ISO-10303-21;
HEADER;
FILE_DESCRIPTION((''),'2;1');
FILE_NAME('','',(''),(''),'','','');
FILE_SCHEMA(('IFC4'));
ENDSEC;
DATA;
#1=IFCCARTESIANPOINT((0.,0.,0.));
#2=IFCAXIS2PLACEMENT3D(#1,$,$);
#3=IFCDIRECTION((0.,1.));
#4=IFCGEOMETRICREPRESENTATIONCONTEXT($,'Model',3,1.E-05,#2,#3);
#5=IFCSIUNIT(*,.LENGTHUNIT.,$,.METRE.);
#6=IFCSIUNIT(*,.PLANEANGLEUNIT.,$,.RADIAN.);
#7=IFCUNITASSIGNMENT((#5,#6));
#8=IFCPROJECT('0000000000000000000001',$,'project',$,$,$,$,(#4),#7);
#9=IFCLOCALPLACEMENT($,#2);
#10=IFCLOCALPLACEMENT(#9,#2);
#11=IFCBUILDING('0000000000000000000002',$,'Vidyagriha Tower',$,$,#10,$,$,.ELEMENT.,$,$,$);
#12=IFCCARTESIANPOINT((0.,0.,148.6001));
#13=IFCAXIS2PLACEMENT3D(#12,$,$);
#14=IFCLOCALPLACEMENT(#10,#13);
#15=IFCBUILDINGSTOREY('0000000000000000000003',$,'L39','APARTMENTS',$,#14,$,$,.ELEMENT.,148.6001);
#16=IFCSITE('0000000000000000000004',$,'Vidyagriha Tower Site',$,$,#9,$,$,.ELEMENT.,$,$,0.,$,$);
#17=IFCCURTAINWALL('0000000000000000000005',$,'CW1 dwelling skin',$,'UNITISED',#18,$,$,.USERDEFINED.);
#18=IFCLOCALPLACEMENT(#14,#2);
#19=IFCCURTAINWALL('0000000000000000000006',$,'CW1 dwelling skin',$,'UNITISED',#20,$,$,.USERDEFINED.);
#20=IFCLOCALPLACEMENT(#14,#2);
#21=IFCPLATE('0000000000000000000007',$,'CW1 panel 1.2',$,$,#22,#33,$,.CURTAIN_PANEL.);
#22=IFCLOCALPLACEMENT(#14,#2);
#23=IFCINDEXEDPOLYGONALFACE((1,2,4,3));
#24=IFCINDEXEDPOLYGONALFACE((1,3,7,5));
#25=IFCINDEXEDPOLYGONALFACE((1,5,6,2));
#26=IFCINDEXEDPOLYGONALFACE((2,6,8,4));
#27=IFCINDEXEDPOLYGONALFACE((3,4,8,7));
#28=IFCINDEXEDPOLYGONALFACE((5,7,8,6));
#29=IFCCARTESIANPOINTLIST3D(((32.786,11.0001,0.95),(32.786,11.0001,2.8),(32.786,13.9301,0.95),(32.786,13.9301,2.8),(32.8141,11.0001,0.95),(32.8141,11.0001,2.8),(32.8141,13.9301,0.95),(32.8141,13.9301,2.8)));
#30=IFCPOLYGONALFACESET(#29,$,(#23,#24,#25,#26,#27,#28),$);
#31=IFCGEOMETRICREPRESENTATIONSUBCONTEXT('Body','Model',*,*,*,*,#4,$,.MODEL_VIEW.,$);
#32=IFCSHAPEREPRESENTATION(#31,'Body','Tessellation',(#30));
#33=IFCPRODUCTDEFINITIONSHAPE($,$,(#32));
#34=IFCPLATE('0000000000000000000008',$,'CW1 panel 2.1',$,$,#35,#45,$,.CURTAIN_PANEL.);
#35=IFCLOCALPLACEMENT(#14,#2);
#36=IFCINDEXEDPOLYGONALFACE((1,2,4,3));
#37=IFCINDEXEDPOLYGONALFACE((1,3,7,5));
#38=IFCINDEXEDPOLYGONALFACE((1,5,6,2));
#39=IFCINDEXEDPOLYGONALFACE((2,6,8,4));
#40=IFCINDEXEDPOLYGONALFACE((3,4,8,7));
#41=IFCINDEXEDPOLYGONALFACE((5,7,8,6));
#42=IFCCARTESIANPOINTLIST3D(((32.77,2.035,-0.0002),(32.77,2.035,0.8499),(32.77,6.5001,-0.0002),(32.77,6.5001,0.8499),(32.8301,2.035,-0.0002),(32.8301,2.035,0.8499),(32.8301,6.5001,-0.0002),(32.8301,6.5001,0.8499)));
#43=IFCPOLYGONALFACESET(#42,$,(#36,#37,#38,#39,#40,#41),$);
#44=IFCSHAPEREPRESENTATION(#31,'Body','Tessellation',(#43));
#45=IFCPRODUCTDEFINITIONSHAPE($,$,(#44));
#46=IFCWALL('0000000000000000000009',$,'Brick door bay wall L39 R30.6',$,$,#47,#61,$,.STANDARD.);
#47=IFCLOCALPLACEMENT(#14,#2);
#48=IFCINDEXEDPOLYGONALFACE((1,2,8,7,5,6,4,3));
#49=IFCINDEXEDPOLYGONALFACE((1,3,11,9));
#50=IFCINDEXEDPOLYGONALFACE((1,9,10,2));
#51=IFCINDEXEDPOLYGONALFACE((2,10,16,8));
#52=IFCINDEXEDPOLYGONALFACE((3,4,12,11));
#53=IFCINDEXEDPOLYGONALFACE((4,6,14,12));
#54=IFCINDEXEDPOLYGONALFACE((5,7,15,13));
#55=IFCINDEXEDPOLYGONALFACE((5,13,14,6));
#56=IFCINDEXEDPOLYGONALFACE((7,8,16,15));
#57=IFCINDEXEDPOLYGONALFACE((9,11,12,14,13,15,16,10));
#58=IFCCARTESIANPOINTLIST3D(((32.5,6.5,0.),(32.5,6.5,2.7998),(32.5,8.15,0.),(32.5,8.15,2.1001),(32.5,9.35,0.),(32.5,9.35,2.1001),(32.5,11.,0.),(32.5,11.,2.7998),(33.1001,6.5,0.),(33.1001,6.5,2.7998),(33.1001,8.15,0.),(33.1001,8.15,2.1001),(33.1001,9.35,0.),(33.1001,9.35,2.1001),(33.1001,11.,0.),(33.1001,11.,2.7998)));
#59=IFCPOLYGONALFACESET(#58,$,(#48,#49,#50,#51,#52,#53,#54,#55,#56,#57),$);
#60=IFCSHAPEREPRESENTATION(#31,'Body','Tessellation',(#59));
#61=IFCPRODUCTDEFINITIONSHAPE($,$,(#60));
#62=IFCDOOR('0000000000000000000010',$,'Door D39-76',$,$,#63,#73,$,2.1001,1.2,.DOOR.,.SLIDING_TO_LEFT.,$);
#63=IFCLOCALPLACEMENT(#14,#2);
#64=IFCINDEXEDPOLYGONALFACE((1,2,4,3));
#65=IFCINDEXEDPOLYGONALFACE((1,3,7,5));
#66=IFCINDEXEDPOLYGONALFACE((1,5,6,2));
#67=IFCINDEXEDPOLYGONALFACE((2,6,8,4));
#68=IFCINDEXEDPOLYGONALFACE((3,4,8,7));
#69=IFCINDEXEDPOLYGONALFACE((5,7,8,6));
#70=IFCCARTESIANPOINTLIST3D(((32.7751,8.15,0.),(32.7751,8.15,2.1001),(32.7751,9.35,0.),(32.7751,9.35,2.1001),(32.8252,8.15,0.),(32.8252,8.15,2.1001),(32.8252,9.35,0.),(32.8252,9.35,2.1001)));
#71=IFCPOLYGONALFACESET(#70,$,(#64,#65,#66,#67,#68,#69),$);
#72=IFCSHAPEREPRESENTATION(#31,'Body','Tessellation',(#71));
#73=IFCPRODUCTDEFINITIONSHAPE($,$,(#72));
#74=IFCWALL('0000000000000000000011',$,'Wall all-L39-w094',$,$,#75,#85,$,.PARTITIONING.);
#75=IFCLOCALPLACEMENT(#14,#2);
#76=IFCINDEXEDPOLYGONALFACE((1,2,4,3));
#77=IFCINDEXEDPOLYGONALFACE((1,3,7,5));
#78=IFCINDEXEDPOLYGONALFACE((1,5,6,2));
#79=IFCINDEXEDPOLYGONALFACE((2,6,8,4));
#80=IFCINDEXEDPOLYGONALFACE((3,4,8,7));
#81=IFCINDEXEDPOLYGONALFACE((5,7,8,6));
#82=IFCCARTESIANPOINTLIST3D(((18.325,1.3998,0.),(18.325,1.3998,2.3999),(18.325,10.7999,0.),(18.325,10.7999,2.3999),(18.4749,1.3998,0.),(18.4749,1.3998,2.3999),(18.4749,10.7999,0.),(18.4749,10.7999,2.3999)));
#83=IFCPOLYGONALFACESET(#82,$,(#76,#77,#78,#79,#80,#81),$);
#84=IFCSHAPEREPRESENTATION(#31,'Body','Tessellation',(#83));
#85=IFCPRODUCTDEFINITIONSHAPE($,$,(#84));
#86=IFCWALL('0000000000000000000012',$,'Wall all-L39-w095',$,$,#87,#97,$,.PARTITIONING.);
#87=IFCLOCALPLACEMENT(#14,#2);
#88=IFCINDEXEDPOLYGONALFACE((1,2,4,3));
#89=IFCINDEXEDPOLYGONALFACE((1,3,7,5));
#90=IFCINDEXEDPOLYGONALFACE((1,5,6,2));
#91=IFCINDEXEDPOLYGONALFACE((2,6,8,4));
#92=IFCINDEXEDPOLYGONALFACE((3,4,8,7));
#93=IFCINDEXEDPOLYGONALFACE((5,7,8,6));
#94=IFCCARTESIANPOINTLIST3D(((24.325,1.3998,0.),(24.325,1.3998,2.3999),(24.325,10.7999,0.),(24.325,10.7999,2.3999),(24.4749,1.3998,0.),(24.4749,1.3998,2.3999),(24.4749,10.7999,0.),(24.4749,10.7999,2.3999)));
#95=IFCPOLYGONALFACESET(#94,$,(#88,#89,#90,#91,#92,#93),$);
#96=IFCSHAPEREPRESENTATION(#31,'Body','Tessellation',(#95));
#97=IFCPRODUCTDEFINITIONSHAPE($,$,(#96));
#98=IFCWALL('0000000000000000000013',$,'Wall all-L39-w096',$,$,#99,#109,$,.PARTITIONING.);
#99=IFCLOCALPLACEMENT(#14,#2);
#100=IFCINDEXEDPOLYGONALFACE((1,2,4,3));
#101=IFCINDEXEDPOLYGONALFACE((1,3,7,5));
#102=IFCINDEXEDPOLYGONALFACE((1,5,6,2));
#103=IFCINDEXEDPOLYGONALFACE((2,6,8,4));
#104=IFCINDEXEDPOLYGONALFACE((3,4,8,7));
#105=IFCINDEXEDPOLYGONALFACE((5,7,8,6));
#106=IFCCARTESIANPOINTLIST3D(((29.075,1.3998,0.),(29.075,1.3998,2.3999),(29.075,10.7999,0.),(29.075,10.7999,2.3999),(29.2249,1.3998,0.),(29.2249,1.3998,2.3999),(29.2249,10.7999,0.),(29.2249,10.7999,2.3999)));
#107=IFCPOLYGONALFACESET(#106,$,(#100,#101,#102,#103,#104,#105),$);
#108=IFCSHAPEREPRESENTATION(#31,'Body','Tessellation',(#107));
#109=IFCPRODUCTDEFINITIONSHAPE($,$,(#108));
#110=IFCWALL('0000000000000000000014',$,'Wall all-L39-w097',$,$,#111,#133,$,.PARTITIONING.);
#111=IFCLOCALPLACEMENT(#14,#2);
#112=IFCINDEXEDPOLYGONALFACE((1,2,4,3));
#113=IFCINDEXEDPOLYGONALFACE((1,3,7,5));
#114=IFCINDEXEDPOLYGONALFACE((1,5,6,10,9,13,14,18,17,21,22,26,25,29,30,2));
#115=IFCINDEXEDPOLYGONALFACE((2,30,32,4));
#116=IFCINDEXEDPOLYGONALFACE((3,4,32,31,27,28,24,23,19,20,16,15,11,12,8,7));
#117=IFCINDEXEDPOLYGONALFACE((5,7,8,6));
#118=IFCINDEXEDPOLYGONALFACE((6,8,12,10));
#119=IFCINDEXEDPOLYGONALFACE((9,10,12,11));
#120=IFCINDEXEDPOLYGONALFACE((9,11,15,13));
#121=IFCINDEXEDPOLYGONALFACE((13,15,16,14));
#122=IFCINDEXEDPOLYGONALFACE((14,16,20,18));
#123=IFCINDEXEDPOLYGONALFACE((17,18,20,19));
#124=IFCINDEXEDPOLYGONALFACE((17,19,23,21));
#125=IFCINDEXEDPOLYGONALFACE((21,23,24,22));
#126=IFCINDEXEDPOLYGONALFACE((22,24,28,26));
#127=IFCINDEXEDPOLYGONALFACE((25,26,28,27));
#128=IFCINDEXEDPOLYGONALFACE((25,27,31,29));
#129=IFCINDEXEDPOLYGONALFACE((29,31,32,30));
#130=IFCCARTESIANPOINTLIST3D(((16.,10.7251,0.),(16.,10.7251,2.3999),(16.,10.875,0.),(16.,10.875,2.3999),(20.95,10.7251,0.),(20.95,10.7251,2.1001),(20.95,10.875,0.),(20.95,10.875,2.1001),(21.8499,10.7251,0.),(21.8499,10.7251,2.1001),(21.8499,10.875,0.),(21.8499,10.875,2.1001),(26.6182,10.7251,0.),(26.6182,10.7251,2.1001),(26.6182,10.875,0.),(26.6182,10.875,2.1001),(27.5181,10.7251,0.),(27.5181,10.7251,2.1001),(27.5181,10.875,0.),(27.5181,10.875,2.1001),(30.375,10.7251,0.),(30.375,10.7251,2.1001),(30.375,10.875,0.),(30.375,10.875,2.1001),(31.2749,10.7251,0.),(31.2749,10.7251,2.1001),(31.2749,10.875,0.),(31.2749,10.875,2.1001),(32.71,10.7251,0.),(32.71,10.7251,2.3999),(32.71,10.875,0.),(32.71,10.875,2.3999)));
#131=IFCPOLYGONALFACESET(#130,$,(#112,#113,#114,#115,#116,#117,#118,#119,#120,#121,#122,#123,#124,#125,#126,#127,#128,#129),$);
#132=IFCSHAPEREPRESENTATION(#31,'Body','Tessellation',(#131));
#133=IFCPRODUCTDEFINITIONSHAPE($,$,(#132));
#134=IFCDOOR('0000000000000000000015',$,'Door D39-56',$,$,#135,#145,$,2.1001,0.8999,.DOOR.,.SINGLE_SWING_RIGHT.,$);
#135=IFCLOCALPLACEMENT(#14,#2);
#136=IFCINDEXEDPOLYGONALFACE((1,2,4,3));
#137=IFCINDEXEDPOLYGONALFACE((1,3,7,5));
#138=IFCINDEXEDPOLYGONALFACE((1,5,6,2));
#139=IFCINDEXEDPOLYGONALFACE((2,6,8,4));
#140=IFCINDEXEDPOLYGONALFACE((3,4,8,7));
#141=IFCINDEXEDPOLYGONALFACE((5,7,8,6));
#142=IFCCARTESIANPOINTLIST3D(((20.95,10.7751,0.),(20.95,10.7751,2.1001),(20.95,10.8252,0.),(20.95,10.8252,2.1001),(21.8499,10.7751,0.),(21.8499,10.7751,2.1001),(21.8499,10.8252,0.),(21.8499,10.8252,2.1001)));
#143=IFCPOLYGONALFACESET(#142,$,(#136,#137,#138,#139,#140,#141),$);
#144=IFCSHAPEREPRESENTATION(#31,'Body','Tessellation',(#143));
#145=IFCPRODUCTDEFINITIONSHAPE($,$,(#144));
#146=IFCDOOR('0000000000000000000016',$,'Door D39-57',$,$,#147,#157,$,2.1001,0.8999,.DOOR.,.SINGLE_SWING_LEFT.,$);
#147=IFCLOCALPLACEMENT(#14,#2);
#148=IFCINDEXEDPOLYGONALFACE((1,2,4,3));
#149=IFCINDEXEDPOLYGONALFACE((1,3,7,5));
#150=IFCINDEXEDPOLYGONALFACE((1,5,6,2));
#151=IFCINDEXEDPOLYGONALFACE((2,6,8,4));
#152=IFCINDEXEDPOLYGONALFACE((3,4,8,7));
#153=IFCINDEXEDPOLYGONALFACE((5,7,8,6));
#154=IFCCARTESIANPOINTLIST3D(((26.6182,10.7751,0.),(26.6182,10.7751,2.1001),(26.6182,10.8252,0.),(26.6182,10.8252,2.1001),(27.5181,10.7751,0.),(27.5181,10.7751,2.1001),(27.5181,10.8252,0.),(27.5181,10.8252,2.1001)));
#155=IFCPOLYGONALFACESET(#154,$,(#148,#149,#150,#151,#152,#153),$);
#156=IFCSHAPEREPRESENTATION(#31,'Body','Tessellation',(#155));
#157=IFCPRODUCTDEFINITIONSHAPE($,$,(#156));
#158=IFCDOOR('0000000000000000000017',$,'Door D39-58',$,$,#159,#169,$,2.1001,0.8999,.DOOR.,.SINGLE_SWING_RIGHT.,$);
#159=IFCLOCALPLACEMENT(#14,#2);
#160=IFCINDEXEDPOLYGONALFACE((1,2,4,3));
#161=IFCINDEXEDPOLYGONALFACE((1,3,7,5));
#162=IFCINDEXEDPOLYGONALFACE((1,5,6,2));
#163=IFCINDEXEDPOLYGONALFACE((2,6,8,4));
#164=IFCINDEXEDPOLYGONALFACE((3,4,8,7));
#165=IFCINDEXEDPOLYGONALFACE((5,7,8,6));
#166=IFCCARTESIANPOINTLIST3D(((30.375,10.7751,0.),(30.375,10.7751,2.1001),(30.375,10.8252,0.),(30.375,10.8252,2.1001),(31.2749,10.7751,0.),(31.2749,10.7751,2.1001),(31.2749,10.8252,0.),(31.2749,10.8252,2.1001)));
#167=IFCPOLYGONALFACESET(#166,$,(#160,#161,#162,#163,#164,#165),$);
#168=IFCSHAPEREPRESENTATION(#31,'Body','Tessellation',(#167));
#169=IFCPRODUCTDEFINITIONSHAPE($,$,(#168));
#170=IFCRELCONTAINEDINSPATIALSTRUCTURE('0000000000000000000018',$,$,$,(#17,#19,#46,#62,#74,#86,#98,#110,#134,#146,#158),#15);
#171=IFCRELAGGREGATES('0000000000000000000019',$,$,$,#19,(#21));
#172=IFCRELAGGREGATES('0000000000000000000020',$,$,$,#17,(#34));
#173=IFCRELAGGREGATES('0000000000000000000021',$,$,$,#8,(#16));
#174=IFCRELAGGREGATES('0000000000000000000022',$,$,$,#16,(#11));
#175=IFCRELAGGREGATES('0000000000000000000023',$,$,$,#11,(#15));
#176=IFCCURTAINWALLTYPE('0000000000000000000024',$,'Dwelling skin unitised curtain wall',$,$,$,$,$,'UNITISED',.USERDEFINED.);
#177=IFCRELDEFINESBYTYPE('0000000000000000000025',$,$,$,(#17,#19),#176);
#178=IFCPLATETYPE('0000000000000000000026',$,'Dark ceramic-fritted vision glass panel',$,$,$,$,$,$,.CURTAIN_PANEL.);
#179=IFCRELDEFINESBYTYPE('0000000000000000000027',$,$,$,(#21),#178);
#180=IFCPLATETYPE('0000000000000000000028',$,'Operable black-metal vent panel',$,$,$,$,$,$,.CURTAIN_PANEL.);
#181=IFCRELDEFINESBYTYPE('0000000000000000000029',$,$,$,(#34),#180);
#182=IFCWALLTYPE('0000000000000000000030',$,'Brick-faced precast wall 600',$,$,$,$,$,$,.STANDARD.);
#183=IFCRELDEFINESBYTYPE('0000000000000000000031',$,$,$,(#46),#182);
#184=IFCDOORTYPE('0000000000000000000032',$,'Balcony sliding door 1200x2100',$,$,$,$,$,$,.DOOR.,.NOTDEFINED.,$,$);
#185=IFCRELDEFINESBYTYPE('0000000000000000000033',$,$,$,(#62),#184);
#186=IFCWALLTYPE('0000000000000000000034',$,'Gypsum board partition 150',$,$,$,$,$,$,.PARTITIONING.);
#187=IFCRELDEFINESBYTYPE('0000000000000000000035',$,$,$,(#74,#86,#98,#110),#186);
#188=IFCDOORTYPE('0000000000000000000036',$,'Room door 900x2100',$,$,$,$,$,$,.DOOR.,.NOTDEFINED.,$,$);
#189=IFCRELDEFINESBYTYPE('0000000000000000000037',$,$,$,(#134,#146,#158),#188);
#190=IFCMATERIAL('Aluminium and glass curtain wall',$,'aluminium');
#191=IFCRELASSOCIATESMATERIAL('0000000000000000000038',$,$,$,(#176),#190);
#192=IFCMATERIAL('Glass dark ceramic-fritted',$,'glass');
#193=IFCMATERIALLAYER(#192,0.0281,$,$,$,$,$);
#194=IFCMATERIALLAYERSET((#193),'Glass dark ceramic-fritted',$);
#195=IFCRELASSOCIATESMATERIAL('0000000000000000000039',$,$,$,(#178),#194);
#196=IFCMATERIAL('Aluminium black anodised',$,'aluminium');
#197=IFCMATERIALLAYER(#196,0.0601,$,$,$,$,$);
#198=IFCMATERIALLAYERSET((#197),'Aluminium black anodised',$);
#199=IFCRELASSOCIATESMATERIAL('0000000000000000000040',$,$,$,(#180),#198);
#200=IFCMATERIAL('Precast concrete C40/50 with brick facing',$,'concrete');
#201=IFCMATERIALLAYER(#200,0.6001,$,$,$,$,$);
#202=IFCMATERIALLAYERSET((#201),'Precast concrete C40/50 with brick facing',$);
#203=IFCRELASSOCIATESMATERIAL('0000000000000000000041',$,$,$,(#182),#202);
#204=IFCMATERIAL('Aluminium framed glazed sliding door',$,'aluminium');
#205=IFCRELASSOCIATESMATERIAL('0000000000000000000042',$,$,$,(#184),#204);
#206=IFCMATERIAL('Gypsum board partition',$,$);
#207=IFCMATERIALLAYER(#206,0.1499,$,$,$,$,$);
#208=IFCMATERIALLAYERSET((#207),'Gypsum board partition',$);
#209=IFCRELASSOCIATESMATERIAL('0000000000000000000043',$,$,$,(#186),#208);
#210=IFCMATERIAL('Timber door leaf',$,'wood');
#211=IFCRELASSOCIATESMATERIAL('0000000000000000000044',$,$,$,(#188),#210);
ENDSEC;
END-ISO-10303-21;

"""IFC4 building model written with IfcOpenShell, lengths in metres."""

from ifc_helpers import new_model, si_unit, direction, frame, frame_2d, origin, origin_2d, place, context, subcontext, project, spatial, rectangle, extrude, material, layer, layer_set, type_object, element, fill, aggregate, save


model = new_model("IFC4")

# Units and contexts
model_context = context("Model", 3, precision=1e-05, world=origin(), true_north=direction((0.0, 1.0)))
body_context = subcontext(model_context, "Body", "Model", "MODEL_VIEW")
ifc_project = project(units=[si_unit("LENGTHUNIT", "METRE"), si_unit("PLANEANGLEUNIT", "RADIAN")], contexts=[model_context])

# Site, building, storey
site_placement = place(None, origin())
site = spatial("IfcSite", under=ifc_project, at=site_placement, Name="Vidyagriha Tower Site", CompositionType="ELEMENT", RefElevation=0.0)
building_placement = place(site_placement, origin())
building = spatial("IfcBuilding", under=site, at=building_placement, Name="Vidyagriha Tower", CompositionType="ELEMENT")
storey_placement = place(building_placement, frame((0.0, 0.0, 148.6001)))
storey = spatial("IfcBuildingStorey", under=building, at=storey_placement, Name="L39", Description="APARTMENTS", CompositionType="ELEMENT", Elevation=148.6001)

# Curtain walls
ifc_material_1 = material(Name="Aluminium and glass curtain wall", Category="aluminium")
curtain_wall_type = type_object("IfcCurtainWallType", Name="Dwelling skin unitised curtain wall", ElementType="UNITISED", PredefinedType="USERDEFINED", material=ifc_material_1)
curtain_wall_1_placement = place(storey_placement, origin())
curtain_wall_1 = element("IfcCurtainWall", 1, at=curtain_wall_1_placement, inside=storey, type_object=curtain_wall_type, Name="CW1 dwelling skin", ObjectType="UNITISED", PredefinedType="USERDEFINED")
curtain_wall_2_placement = place(storey_placement, origin())
curtain_wall_2 = element("IfcCurtainWall", 2, at=curtain_wall_2_placement, inside=storey, type_object=curtain_wall_type, Name="CW1 dwelling skin", ObjectType="UNITISED", PredefinedType="USERDEFINED")

# Plates
ifc_material_2 = material(Name="Glass dark ceramic-fritted", Category="glass")
ifc_layer_1 = layer(ifc_material_2, 0.0281)
ifc_layer_set_1 = layer_set([ifc_layer_1], Name="Glass dark ceramic-fritted")
plate_type_1 = type_object("IfcPlateType", Name="Dark ceramic-fritted vision glass panel", PredefinedType="CURTAIN_PANEL", material=ifc_layer_set_1)
plate_1_placement = place(storey_placement, frame((32.8, 12.4651, 0.95), z_axis=(0.0, 0.0, 1.0), x_axis=(0.0, 1.0, 0.0)))
plate_1 = element("IfcPlate", 3, at=plate_1_placement, type_object=plate_type_1, Name="CW1 panel 1.2", PredefinedType="CURTAIN_PANEL", context=body_context, shape_type="SweptSolid", body=[
    extrude(rectangle(XDim=2.9299, YDim=0.0281, at=origin_2d()), origin(), (0.0, 0.0, 1.0), 1.8501),
])
aggregate(curtain_wall_2, [plate_1])
ifc_material_3 = material(Name="Aluminium black anodised", Category="aluminium")
ifc_layer_2 = layer(ifc_material_3, 0.0601)
ifc_layer_set_2 = layer_set([ifc_layer_2], Name="Aluminium black anodised")
plate_type_2 = type_object("IfcPlateType", Name="Operable black-metal vent panel", PredefinedType="CURTAIN_PANEL", material=ifc_layer_set_2)
plate_2_placement = place(storey_placement, frame((32.8, 4.2676, -0.0002), z_axis=(0.0, 0.0, 1.0), x_axis=(0.0, 1.0, 0.0)))
plate_2 = element("IfcPlate", 4, at=plate_2_placement, type_object=plate_type_2, Name="CW1 panel 2.1", PredefinedType="CURTAIN_PANEL", context=body_context, shape_type="SweptSolid", body=[
    extrude(rectangle(XDim=4.4651, YDim=0.0601, at=origin_2d()), origin(), (0.0, 0.0, 1.0), 0.8501),
])
aggregate(curtain_wall_1, [plate_2])

# Wall, opening, door
ifc_material_4 = material(Name="Precast concrete C40/50 with brick facing", Category="concrete")
ifc_layer_3 = layer(ifc_material_4, 0.6001)
ifc_layer_set_3 = layer_set([ifc_layer_3], Name="Precast concrete C40/50 with brick facing")
wall_type_1 = type_object("IfcWallType", Name="Brick-faced precast wall 600", PredefinedType="STANDARD", material=ifc_layer_set_3)
wall_1_placement = place(storey_placement, frame((32.8, 6.5, 0.0), z_axis=(0.0, 0.0, 1.0), x_axis=(0.0, 1.0, 0.0)))
wall_1 = element("IfcWall", 5, at=wall_1_placement, inside=storey, type_object=wall_type_1, Name="Brick door bay wall L39 R30.6", PredefinedType="STANDARD", context=body_context, shape_type="SweptSolid", body=[
    extrude(rectangle(XDim=4.5, YDim=0.6001, at=frame_2d((2.25, 0.0))), origin(), (0.0, 0.0, 1.0), 2.7998),
])
opening_1_placement = place(wall_1_placement, frame((1.6499, 0.0, 0.0)))
opening_1 = element("IfcOpeningElement", 6, at=opening_1_placement, cuts=wall_1, PredefinedType="OPENING", context=body_context, shape_type="SweptSolid", body=[
    extrude(rectangle(XDim=1.2, YDim=2.1001, at=frame_2d((0.6001, 1.05))), frame((0.0, 0.3101, 0.0), z_axis=(0.0, -1.0, 0.0), x_axis=(1.0, 0.0, 0.0)), (0.0, 0.0, 1.0), 0.6201),
])
ifc_material_5 = material(Name="Aluminium framed glazed sliding door", Category="aluminium")
door_type_1 = type_object("IfcDoorType", Name="Balcony sliding door 1200x2100", OperationType="NOTDEFINED", PredefinedType="DOOR", material=ifc_material_5)
door_1_placement = place(opening_1_placement, origin())
door_1 = element("IfcDoor", 7, at=door_1_placement, inside=storey, type_object=door_type_1, Name="Door D39-76", OperationType="SLIDING_TO_LEFT", OverallHeight=2.1001, OverallWidth=1.2, PredefinedType="DOOR", context=body_context, shape_type="SweptSolid", body=[
    extrude(rectangle(XDim=1.2, YDim=2.1001, at=frame_2d((0.6001, 1.05))), frame((0.0, 0.0249, 0.0), z_axis=(0.0, -1.0, 0.0), x_axis=(1.0, 0.0, 0.0)), (0.0, 0.0, 1.0), 0.05),
])
fill(opening_1, door_1)

# Walls
ifc_material_6 = material(Name="Gypsum board partition")
ifc_layer_4 = layer(ifc_material_6, 0.1499)
ifc_layer_set_4 = layer_set([ifc_layer_4], Name="Gypsum board partition")
wall_type_2 = type_object("IfcWallType", Name="Gypsum board partition 150", PredefinedType="PARTITIONING", material=ifc_layer_set_4)
for number, where, z_axis, x_axis, name in (
    (8, (18.3999, 10.8, 0.0), (0.0, 0.0, 1.0), (0.0, -1.0, 0.0), "Wall all-L39-w094"),
    (9, (24.3999, 10.8, 0.0), (0.0, 0.0, 1.0), (0.0, -1.0, 0.0), "Wall all-L39-w095"),
    (10, (29.1499, 10.8, 0.0), (0.0, 0.0, 1.0), (0.0, -1.0, 0.0), "Wall all-L39-w096"),
):
    element("IfcWall", number, at=place(storey_placement, frame(where, z_axis=z_axis, x_axis=x_axis)), inside=storey, type_object=wall_type_2, Name=name, PredefinedType="PARTITIONING", context=body_context, shape_type="SweptSolid", body=[
        extrude(rectangle(XDim=9.4001, YDim=0.1499, at=frame_2d((4.7002, 0.0))), origin(), (0.0, 0.0, 1.0), 2.3999),
    ])

# Wall, openings, doors
wall_2_placement = place(storey_placement, frame((32.71, 10.8, 0.0), z_axis=(0.0, 0.0, 1.0), x_axis=(-1.0, 0.0, 0.0)))
wall_2 = element("IfcWall", 11, at=wall_2_placement, inside=storey, type_object=wall_type_2, Name="Wall all-L39-w097", PredefinedType="PARTITIONING", context=body_context, shape_type="SweptSolid", body=[
    extrude(rectangle(XDim=16.71, YDim=0.1499, at=frame_2d((8.355, 0.0))), origin(), (0.0, 0.0, 1.0), 2.3999),
])
opening_2_placement = place(wall_2_placement, frame((10.8601, 0.0, 0.0)))
opening_2 = element("IfcOpeningElement", 12, at=opening_2_placement, cuts=wall_2, PredefinedType="OPENING", context=body_context, shape_type="SweptSolid", body=[
    extrude(rectangle(XDim=0.8999, YDim=2.1001, at=frame_2d((0.45, 1.05))), frame((0.0, 0.085, 0.0), z_axis=(0.0, -1.0, 0.0), x_axis=(1.0, 0.0, 0.0)), (0.0, 0.0, 1.0), 0.1699),
])
opening_3_placement = place(wall_2_placement, frame((5.1919, 0.0, 0.0)))
opening_3 = element("IfcOpeningElement", 13, at=opening_3_placement, cuts=wall_2, PredefinedType="OPENING", context=body_context, shape_type="SweptSolid", body=[
    extrude(rectangle(XDim=0.8999, YDim=2.1001, at=frame_2d((0.45, 1.05))), frame((0.0, 0.085, 0.0), z_axis=(0.0, -1.0, 0.0), x_axis=(1.0, 0.0, 0.0)), (0.0, 0.0, 1.0), 0.1699),
])
opening_4_placement = place(wall_2_placement, frame((1.4351, 0.0, 0.0)))
opening_4 = element("IfcOpeningElement", 14, at=opening_4_placement, cuts=wall_2, PredefinedType="OPENING", context=body_context, shape_type="SweptSolid", body=[
    extrude(rectangle(XDim=0.8999, YDim=2.1001, at=frame_2d((0.45, 1.05))), frame((0.0, 0.085, 0.0), z_axis=(0.0, -1.0, 0.0), x_axis=(1.0, 0.0, 0.0)), (0.0, 0.0, 1.0), 0.1699),
])
ifc_material_7 = material(Name="Timber door leaf", Category="wood")
door_type_2 = type_object("IfcDoorType", Name="Room door 900x2100", OperationType="NOTDEFINED", PredefinedType="DOOR", material=ifc_material_7)
door_2_placement = place(opening_2_placement, origin())
door_2 = element("IfcDoor", 15, at=door_2_placement, inside=storey, type_object=door_type_2, Name="Door D39-56", OperationType="SINGLE_SWING_RIGHT", OverallHeight=2.1001, OverallWidth=0.8999, PredefinedType="DOOR", context=body_context, shape_type="SweptSolid", body=[
    extrude(rectangle(XDim=0.8999, YDim=2.1001, at=frame_2d((0.45, 1.05))), frame((0.0, 0.0249, 0.0), z_axis=(0.0, -1.0, 0.0), x_axis=(1.0, 0.0, 0.0)), (0.0, 0.0, 1.0), 0.05),
])
fill(opening_2, door_2)
door_3_placement = place(opening_3_placement, origin())
door_3 = element("IfcDoor", 16, at=door_3_placement, inside=storey, type_object=door_type_2, Name="Door D39-57", OperationType="SINGLE_SWING_LEFT", OverallHeight=2.1001, OverallWidth=0.8999, PredefinedType="DOOR", context=body_context, shape_type="SweptSolid", body=[
    extrude(rectangle(XDim=0.8999, YDim=2.1001, at=frame_2d((0.45, 1.05))), frame((0.0, 0.0249, 0.0), z_axis=(0.0, -1.0, 0.0), x_axis=(1.0, 0.0, 0.0)), (0.0, 0.0, 1.0), 0.05),
])
fill(opening_3, door_3)
door_4_placement = place(opening_4_placement, origin())
door_4 = element("IfcDoor", 17, at=door_4_placement, inside=storey, type_object=door_type_2, Name="Door D39-58", OperationType="SINGLE_SWING_RIGHT", OverallHeight=2.1001, OverallWidth=0.8999, PredefinedType="DOOR", context=body_context, shape_type="SweptSolid", body=[
    extrude(rectangle(XDim=0.8999, YDim=2.1001, at=frame_2d((0.45, 1.05))), frame((0.0, 0.0249, 0.0), z_axis=(0.0, -1.0, 0.0), x_axis=(1.0, 0.0, 0.0)), (0.0, 0.0, 1.0), 0.05),
])
fill(opening_4, door_4)

save(model, "model.ifc")
